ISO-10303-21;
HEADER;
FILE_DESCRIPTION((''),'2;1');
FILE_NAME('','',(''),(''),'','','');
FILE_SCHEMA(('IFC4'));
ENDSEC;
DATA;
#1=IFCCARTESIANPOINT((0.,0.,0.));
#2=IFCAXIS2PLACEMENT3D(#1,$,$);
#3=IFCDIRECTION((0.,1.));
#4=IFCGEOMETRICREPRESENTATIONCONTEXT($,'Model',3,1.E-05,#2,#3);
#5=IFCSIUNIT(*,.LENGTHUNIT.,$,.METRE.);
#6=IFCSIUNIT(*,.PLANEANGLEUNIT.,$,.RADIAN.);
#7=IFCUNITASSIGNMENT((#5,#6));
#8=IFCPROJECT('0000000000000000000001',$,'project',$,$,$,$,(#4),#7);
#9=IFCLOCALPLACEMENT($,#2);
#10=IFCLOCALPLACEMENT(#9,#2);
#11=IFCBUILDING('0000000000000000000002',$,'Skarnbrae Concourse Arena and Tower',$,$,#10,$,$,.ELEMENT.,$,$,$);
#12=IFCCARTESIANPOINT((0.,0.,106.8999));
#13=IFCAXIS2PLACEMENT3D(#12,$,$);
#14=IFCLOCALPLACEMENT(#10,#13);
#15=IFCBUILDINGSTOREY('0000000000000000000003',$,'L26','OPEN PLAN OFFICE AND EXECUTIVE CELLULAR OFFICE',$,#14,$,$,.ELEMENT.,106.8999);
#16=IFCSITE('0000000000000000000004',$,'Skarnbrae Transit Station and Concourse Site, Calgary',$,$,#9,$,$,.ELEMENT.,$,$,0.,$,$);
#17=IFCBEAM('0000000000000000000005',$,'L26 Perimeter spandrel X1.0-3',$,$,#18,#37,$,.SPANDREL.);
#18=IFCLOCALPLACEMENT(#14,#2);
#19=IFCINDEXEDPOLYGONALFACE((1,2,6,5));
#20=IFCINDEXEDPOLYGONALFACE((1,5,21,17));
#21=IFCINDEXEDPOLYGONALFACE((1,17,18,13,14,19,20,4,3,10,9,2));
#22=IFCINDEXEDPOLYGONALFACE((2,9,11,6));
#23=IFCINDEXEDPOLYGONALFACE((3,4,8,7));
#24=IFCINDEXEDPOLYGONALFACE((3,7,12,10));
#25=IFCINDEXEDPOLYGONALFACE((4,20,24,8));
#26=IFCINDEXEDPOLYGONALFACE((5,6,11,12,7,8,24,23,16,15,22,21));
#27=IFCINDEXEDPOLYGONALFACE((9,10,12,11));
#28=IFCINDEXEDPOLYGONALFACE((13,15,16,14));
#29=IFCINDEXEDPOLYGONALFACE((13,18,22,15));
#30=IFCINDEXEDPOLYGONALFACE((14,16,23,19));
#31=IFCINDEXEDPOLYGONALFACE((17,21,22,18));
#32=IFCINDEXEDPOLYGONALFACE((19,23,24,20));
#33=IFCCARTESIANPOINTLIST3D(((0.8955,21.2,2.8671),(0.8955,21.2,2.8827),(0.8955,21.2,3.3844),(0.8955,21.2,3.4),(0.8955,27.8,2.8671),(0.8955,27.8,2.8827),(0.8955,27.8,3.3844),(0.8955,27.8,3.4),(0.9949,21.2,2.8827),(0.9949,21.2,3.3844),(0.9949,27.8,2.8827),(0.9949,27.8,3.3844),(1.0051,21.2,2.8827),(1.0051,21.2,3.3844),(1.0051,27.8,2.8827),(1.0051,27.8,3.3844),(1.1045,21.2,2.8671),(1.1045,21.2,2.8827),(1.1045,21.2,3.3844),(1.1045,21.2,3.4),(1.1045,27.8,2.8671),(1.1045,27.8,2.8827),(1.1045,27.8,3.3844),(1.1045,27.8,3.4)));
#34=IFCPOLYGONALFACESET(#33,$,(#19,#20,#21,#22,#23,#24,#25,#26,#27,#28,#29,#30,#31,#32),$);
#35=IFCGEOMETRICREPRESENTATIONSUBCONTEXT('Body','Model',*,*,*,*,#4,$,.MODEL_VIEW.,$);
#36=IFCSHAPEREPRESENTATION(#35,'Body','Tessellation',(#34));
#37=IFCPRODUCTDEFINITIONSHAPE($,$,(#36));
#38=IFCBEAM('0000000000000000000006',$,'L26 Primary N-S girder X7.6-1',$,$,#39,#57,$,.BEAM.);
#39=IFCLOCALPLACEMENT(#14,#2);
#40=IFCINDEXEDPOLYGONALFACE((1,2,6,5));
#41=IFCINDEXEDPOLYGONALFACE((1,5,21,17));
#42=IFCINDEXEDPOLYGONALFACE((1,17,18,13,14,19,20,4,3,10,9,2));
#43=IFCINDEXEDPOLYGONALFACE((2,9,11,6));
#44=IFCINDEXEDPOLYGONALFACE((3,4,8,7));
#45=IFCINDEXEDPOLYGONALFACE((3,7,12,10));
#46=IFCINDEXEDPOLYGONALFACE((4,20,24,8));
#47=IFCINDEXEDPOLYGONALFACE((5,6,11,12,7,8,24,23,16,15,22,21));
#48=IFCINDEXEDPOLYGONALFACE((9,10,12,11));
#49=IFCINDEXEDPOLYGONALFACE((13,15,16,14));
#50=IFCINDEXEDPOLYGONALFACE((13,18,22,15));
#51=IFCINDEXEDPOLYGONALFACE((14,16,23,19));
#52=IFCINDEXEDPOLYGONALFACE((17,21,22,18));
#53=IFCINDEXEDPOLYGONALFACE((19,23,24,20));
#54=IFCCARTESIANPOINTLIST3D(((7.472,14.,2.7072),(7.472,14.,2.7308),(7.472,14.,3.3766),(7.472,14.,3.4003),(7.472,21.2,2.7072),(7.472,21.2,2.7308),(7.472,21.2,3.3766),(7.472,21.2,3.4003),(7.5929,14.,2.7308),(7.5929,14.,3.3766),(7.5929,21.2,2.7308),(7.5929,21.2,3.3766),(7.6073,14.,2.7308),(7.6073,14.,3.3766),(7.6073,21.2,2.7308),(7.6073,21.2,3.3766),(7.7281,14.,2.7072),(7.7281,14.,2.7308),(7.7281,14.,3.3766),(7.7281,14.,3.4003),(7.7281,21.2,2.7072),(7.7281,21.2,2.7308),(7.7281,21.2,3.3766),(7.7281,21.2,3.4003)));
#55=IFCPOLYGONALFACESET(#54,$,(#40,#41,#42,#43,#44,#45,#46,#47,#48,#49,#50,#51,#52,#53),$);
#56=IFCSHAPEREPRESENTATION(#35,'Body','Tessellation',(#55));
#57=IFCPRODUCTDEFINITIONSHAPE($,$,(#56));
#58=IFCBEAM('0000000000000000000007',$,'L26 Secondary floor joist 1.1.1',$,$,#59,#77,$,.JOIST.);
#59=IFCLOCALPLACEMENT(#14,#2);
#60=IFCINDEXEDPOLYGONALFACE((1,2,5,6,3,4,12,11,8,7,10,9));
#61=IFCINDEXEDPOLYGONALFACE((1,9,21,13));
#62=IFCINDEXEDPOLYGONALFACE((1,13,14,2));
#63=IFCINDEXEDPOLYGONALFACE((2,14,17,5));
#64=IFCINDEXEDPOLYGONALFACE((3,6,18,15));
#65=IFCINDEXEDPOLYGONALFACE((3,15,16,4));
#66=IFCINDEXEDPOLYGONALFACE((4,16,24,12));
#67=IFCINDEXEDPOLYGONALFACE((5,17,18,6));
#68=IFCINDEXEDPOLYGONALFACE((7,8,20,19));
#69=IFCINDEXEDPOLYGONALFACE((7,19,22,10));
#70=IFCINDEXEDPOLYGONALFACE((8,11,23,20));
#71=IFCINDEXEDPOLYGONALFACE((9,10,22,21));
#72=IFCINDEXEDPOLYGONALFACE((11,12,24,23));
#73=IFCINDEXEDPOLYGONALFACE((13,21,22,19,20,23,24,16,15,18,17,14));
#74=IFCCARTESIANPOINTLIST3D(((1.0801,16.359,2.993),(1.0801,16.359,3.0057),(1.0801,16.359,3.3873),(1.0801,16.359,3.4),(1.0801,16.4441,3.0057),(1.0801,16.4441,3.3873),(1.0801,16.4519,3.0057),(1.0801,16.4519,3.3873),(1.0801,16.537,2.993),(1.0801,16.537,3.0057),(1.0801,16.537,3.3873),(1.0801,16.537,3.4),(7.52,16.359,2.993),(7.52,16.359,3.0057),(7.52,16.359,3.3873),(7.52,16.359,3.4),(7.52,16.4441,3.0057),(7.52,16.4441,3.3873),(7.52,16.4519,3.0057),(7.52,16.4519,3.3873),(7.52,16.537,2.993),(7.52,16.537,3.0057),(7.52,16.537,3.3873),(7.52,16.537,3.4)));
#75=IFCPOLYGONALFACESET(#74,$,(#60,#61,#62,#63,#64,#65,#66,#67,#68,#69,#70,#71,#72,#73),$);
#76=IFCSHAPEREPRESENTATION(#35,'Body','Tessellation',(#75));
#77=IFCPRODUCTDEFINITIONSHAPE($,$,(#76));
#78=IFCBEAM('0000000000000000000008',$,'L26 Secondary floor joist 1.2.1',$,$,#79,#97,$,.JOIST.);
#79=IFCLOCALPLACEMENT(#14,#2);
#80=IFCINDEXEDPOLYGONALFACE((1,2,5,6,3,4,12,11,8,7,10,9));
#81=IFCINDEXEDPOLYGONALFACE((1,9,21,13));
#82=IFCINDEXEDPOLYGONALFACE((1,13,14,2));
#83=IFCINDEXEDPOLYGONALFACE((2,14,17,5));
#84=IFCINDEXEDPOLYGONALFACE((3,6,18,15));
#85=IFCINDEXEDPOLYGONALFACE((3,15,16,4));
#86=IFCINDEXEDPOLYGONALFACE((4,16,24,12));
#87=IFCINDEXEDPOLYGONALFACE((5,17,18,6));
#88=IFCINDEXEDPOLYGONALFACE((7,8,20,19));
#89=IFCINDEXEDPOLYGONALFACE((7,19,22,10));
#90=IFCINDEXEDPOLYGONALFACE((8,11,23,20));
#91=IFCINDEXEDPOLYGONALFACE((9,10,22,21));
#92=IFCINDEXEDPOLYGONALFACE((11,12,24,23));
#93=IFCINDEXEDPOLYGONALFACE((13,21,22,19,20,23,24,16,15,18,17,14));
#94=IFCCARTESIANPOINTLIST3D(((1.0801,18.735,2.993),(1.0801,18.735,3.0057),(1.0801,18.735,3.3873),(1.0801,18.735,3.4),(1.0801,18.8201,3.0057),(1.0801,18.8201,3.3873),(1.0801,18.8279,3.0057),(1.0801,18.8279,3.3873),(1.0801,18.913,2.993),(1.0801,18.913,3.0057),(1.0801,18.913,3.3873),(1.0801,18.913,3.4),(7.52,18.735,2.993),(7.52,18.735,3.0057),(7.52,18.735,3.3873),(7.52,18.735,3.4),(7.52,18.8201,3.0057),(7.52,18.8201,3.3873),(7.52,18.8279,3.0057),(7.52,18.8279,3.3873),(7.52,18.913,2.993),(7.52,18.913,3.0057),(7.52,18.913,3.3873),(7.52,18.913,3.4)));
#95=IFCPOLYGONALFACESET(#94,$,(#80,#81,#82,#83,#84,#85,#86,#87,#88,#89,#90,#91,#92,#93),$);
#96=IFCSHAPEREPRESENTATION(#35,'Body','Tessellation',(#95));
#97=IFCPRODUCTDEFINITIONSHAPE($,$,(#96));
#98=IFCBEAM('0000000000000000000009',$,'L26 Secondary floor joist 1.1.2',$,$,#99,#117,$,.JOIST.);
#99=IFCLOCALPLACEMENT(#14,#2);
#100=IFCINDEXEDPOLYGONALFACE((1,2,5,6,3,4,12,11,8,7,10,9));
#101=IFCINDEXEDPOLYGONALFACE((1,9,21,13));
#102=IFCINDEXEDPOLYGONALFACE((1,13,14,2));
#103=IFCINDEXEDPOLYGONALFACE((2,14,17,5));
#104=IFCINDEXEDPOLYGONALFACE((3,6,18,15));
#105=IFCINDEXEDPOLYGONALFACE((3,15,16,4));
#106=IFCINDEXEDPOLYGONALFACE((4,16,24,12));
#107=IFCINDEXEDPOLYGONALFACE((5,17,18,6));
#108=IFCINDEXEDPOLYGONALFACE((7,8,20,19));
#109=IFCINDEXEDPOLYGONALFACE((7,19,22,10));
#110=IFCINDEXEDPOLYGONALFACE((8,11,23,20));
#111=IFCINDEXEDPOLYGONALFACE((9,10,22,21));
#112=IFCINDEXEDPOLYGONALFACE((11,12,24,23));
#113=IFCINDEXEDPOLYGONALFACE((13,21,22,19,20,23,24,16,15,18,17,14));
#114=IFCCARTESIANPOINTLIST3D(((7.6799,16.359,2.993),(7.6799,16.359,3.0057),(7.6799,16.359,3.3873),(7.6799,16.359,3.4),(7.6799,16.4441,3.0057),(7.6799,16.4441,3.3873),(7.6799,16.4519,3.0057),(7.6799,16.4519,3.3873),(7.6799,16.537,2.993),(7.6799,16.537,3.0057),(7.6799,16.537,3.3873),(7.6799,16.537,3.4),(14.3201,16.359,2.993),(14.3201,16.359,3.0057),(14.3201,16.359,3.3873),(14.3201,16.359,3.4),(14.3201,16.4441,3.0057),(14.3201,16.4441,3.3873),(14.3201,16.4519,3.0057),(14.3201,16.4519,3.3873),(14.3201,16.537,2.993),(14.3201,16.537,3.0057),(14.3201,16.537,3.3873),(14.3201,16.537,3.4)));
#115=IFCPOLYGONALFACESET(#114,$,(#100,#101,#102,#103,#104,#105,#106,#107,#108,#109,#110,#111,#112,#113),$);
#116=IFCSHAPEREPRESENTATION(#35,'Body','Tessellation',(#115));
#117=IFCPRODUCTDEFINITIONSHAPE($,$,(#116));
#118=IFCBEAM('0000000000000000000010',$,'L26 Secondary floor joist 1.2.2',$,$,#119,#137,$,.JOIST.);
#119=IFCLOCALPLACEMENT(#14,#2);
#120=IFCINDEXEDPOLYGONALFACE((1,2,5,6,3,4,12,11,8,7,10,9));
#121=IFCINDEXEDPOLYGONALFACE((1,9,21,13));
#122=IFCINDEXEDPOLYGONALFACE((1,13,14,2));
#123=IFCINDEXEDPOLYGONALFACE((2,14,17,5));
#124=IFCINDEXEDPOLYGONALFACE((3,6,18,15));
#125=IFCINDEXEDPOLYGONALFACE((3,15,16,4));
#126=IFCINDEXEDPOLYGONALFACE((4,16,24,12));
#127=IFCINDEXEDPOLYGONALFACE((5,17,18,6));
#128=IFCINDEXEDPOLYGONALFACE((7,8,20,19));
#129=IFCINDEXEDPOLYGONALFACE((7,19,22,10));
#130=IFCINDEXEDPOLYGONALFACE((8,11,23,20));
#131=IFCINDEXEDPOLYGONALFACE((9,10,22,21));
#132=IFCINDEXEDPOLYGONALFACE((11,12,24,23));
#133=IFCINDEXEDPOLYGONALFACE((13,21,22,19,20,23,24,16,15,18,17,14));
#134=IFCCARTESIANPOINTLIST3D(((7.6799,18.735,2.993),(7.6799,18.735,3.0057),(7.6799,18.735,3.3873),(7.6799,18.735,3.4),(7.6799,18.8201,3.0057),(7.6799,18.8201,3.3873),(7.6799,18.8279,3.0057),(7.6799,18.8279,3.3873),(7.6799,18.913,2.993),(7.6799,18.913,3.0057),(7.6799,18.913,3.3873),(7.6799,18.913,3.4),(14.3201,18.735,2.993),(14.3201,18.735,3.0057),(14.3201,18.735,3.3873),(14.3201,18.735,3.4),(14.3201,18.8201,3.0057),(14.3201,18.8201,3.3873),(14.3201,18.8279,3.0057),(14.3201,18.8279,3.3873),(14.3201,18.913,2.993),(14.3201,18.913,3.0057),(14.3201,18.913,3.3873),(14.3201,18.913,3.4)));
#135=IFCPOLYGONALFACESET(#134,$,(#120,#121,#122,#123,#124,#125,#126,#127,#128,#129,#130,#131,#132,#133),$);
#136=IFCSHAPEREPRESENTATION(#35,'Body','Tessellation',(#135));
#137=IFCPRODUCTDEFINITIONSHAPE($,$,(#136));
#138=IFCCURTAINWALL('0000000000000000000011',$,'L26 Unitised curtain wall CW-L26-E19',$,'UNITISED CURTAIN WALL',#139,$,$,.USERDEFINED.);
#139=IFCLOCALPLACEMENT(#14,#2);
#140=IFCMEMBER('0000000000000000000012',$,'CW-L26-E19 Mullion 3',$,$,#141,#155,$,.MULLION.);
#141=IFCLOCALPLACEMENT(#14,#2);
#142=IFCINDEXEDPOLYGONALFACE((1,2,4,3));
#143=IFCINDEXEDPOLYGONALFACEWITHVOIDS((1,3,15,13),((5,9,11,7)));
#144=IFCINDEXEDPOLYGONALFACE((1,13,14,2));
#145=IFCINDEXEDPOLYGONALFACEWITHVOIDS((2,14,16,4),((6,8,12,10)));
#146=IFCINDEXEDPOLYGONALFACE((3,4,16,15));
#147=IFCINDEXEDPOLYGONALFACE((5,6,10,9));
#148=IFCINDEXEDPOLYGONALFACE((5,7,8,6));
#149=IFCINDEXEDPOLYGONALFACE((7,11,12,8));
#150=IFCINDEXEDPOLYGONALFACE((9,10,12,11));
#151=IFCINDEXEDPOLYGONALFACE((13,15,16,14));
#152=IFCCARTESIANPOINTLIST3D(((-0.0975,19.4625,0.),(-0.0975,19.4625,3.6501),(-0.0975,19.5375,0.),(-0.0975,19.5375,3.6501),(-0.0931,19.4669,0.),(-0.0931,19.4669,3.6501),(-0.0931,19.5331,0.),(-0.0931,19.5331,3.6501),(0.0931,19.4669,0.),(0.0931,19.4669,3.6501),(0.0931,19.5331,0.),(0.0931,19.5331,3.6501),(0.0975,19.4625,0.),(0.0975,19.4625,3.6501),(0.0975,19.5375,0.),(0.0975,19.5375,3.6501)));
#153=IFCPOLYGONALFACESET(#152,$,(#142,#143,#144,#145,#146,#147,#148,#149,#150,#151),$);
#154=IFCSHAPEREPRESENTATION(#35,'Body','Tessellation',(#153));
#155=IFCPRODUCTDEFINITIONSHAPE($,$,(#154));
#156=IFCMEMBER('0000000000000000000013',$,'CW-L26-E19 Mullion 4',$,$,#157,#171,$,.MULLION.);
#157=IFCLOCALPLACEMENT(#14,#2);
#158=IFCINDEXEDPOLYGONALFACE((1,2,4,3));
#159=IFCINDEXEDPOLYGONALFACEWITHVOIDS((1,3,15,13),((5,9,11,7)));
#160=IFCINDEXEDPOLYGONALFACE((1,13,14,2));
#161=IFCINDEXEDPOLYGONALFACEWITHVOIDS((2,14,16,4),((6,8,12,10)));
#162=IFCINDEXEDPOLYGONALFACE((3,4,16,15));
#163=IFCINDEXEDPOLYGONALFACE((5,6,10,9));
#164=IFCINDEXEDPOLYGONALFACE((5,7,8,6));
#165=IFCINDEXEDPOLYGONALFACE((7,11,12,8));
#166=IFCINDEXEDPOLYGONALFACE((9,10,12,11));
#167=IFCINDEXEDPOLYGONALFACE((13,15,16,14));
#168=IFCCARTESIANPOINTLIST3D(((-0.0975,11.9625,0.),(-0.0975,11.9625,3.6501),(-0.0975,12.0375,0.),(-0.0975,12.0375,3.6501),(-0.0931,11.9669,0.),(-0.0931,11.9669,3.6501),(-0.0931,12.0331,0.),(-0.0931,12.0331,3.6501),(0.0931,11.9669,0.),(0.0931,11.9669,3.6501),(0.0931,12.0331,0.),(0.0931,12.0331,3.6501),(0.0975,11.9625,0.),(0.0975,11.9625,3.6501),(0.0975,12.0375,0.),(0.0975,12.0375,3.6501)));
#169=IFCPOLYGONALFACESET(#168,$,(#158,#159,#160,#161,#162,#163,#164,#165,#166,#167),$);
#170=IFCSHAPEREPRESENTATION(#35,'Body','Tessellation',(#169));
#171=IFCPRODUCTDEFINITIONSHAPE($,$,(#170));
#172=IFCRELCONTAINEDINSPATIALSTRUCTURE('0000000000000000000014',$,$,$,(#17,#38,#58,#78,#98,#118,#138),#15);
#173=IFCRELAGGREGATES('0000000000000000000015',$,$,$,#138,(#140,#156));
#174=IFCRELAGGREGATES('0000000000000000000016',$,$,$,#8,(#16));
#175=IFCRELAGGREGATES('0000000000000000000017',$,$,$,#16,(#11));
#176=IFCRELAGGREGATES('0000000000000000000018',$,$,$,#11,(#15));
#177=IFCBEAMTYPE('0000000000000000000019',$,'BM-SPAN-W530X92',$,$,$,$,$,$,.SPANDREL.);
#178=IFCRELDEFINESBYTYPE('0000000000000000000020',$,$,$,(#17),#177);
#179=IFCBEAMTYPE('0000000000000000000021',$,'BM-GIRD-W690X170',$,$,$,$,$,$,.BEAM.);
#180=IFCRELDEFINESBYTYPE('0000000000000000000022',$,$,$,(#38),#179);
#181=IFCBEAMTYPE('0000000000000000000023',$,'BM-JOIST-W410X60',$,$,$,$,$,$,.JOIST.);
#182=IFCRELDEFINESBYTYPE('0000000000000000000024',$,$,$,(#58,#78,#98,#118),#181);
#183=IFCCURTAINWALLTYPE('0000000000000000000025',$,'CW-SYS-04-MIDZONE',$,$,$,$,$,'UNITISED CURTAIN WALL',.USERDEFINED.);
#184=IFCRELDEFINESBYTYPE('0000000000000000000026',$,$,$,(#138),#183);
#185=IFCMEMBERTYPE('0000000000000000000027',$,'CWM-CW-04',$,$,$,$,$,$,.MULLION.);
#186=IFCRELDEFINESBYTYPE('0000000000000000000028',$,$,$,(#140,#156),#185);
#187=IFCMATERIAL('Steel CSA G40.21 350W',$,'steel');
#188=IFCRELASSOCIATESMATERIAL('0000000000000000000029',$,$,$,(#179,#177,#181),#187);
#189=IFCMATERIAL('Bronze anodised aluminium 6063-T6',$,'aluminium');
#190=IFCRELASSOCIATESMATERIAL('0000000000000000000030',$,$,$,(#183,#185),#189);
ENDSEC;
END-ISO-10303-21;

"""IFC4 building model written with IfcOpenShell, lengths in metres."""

from ifc_helpers import new_model, si_unit, direction, frame, origin, origin_2d, place, context, subcontext, project, spatial, hollow_rectangle, i_section, extrude, source, transform, mapped, material, material_profile, profile_set, type_object, element, aggregate, save


model = new_model("IFC4")

# Units and contexts
model_context = context("Model", 3, precision=1e-05, world=origin(), true_north=direction((0.0, 1.0)))
body_context = subcontext(model_context, "Body", "Model", "MODEL_VIEW")
ifc_project = project(units=[si_unit("LENGTHUNIT", "METRE"), si_unit("PLANEANGLEUNIT", "RADIAN")], contexts=[model_context])

# Site, building, storey
site_placement = place(None, origin())
site = spatial("IfcSite", under=ifc_project, at=site_placement, Name="Skarnbrae Transit Station and Concourse Site, Calgary", CompositionType="ELEMENT", RefElevation=0.0)
building_placement = place(site_placement, origin())
building = spatial("IfcBuilding", under=site, at=building_placement, Name="Skarnbrae Concourse Arena and Tower", CompositionType="ELEMENT")
storey_placement = place(building_placement, frame((0.0, 0.0, 106.8999)))
storey = spatial("IfcBuildingStorey", under=building, at=storey_placement, Name="L26", Description="OPEN PLAN OFFICE AND EXECUTIVE CELLULAR OFFICE", CompositionType="ELEMENT", Elevation=106.8999)

# Shared definitions
ifc_material_1 = material(Name="Steel CSA G40.21 350W", Category="steel")

# Beams
ifc_material_profile_1 = material_profile(ifc_material_1, i_section(OverallWidth=0.2561, OverallDepth=0.6931, WebThickness=0.0144, FlangeThickness=0.0237, at=origin_2d()), Name="W690X170")
ifc_profile_set_1 = profile_set([ifc_material_profile_1], Name="Steel CSA G40.21 350W")
beam_type_1 = type_object("IfcBeamType", Name="BM-GIRD-W690X170", PredefinedType="BEAM", material=ifc_profile_set_1)
ifc_material_profile_2 = material_profile(ifc_material_1, i_section(OverallWidth=0.209, OverallDepth=0.533, WebThickness=0.0103, FlangeThickness=0.0156, at=origin_2d()), Name="W530X92")
ifc_profile_set_2 = profile_set([ifc_material_profile_2], Name="Steel CSA G40.21 350W")
beam_type_2 = type_object("IfcBeamType", Name="BM-SPAN-W530X92", PredefinedType="SPANDREL", material=ifc_profile_set_2)
shared_shape_1 = source(origin(), body_context, "Body", "SweptSolid", [
    extrude(i_section(OverallWidth=0.209, OverallDepth=0.533, WebThickness=0.0103, FlangeThickness=0.0156, at=origin_2d()), origin(), (0.0, 0.0, 1.0), 6.6001),
])
beam_1_placement = place(storey_placement, frame((1.0, 21.2, 3.1335), z_axis=(0.0, 1.0, 0.0), x_axis=(-1.0, 0.0, 0.0)))
element("IfcBeam", 1, at=beam_1_placement, inside=storey, type_object=beam_type_2, Name="L26 Perimeter spandrel X1.0-3", PredefinedType="SPANDREL", context=body_context, shape_type="MappedRepresentation", body=[
    mapped(shared_shape_1, transform((0.0, 0.0, 0.0))),
])
shared_shape_2 = source(origin(), body_context, "Body", "SweptSolid", [
    extrude(i_section(OverallWidth=0.2561, OverallDepth=0.6931, WebThickness=0.0144, FlangeThickness=0.0237, at=origin_2d()), origin(), (0.0, 0.0, 1.0), 7.2),
])
beam_2_placement = place(storey_placement, frame((7.6001, 14.0, 3.0537), z_axis=(0.0, 1.0, 0.0), x_axis=(-1.0, 0.0, 0.0)))
element("IfcBeam", 2, at=beam_2_placement, inside=storey, type_object=beam_type_1, Name="L26 Primary N-S girder X7.6-1", PredefinedType="BEAM", context=body_context, shape_type="MappedRepresentation", body=[
    mapped(shared_shape_2, transform((0.0, 0.0, 0.0))),
])
ifc_material_profile_3 = material_profile(ifc_material_1, i_section(OverallWidth=0.178, OverallDepth=0.407, WebThickness=0.0078, FlangeThickness=0.0127, at=origin_2d()), Name="W410X60")
ifc_profile_set_3 = profile_set([ifc_material_profile_3], Name="Steel CSA G40.21 350W")
beam_type_3 = type_object("IfcBeamType", Name="BM-JOIST-W410X60", PredefinedType="JOIST", material=ifc_profile_set_3)
shared_shape_3 = source(origin(), body_context, "Body", "SweptSolid", [
    extrude(i_section(OverallWidth=0.178, OverallDepth=0.407, WebThickness=0.0078, FlangeThickness=0.0127, at=origin_2d()), origin(), (0.0, 0.0, 1.0), 6.4399),
])
for number, where, z_axis, x_axis, name in (
    (3, (1.0801, 16.448, 3.1965), (1.0, 0.0, 0.0), (0.0, 1.0, 0.0), "L26 Secondary floor joist 1.1.1"),
    (4, (1.0801, 18.824, 3.1965), (1.0, 0.0, 0.0), (0.0, 1.0, 0.0), "L26 Secondary floor joist 1.2.1"),
):
    element("IfcBeam", number, at=place(storey_placement, frame(where, z_axis=z_axis, x_axis=x_axis)), inside=storey, type_object=beam_type_3, Name=name, PredefinedType="JOIST", context=body_context, shape_type="MappedRepresentation", body=[
        mapped(shared_shape_3, transform((0.0, 0.0, 0.0))),
    ])
shared_shape_4 = source(origin(), body_context, "Body", "SweptSolid", [
    extrude(i_section(OverallWidth=0.178, OverallDepth=0.407, WebThickness=0.0078, FlangeThickness=0.0127, at=origin_2d()), origin(), (0.0, 0.0, 1.0), 6.6401),
])
for number, where, z_axis, x_axis, name in (
    (5, (7.6799, 16.448, 3.1965), (1.0, 0.0, 0.0), (0.0, 1.0, 0.0), "L26 Secondary floor joist 1.1.2"),
    (6, (7.6799, 18.824, 3.1965), (1.0, 0.0, 0.0), (0.0, 1.0, 0.0), "L26 Secondary floor joist 1.2.2"),
):
    element("IfcBeam", number, at=place(storey_placement, frame(where, z_axis=z_axis, x_axis=x_axis)), inside=storey, type_object=beam_type_3, Name=name, PredefinedType="JOIST", context=body_context, shape_type="MappedRepresentation", body=[
        mapped(shared_shape_4, transform((0.0, 0.0, 0.0))),
    ])

# Curtain wall, members
ifc_material_2 = material(Name="Bronze anodised aluminium 6063-T6", Category="aluminium")
curtain_wall_type = type_object("IfcCurtainWallType", Name="CW-SYS-04-MIDZONE", ElementType="UNITISED CURTAIN WALL", PredefinedType="USERDEFINED", material=ifc_material_2)
curtain_wall_placement = place(storey_placement, origin())
curtain_wall = element("IfcCurtainWall", 7, at=curtain_wall_placement, inside=storey, type_object=curtain_wall_type, Name="L26 Unitised curtain wall CW-L26-E19", ObjectType="UNITISED CURTAIN WALL", PredefinedType="USERDEFINED")
ifc_material_profile_4 = material_profile(ifc_material_2, hollow_rectangle(XDim=0.075, YDim=0.1951, WallThickness=0.0044, at=origin_2d()), Name="ALU-MULL-75X195")
ifc_profile_set_4 = profile_set([ifc_material_profile_4], Name="Bronze anodised aluminium 6063-T6")
member_type_1 = type_object("IfcMemberType", Name="CWM-CW-04", PredefinedType="MULLION", material=ifc_profile_set_4)
shared_shape_5 = source(origin(), body_context, "Body", "SweptSolid", [
    extrude(hollow_rectangle(XDim=0.075, YDim=0.1951, WallThickness=0.0044, at=origin_2d()), origin(), (0.0, 0.0, 1.0), 3.6501),
])
member_1_placement = place(storey_placement, frame((0.0, 19.5, 0.0), z_axis=(0.0, 0.0, 1.0), x_axis=(0.0, -1.0, 0.0)))
member_1 = element("IfcMember", 8, at=member_1_placement, type_object=member_type_1, Name="CW-L26-E19 Mullion 3", PredefinedType="MULLION", context=body_context, shape_type="MappedRepresentation", body=[
    mapped(shared_shape_5, transform((0.0, 0.0, 0.0))),
])
member_2_placement = place(storey_placement, frame((0.0, 12.0, 0.0), z_axis=(0.0, 0.0, 1.0), x_axis=(0.0, -1.0, 0.0)))
member_2 = element("IfcMember", 9, at=member_2_placement, type_object=member_type_1, Name="CW-L26-E19 Mullion 4", PredefinedType="MULLION", context=body_context, shape_type="MappedRepresentation", body=[
    mapped(shared_shape_5, transform((0.0, 0.0, 0.0))),
])
aggregate(curtain_wall, [member_1, member_2])

save(model, "model.ifc")
